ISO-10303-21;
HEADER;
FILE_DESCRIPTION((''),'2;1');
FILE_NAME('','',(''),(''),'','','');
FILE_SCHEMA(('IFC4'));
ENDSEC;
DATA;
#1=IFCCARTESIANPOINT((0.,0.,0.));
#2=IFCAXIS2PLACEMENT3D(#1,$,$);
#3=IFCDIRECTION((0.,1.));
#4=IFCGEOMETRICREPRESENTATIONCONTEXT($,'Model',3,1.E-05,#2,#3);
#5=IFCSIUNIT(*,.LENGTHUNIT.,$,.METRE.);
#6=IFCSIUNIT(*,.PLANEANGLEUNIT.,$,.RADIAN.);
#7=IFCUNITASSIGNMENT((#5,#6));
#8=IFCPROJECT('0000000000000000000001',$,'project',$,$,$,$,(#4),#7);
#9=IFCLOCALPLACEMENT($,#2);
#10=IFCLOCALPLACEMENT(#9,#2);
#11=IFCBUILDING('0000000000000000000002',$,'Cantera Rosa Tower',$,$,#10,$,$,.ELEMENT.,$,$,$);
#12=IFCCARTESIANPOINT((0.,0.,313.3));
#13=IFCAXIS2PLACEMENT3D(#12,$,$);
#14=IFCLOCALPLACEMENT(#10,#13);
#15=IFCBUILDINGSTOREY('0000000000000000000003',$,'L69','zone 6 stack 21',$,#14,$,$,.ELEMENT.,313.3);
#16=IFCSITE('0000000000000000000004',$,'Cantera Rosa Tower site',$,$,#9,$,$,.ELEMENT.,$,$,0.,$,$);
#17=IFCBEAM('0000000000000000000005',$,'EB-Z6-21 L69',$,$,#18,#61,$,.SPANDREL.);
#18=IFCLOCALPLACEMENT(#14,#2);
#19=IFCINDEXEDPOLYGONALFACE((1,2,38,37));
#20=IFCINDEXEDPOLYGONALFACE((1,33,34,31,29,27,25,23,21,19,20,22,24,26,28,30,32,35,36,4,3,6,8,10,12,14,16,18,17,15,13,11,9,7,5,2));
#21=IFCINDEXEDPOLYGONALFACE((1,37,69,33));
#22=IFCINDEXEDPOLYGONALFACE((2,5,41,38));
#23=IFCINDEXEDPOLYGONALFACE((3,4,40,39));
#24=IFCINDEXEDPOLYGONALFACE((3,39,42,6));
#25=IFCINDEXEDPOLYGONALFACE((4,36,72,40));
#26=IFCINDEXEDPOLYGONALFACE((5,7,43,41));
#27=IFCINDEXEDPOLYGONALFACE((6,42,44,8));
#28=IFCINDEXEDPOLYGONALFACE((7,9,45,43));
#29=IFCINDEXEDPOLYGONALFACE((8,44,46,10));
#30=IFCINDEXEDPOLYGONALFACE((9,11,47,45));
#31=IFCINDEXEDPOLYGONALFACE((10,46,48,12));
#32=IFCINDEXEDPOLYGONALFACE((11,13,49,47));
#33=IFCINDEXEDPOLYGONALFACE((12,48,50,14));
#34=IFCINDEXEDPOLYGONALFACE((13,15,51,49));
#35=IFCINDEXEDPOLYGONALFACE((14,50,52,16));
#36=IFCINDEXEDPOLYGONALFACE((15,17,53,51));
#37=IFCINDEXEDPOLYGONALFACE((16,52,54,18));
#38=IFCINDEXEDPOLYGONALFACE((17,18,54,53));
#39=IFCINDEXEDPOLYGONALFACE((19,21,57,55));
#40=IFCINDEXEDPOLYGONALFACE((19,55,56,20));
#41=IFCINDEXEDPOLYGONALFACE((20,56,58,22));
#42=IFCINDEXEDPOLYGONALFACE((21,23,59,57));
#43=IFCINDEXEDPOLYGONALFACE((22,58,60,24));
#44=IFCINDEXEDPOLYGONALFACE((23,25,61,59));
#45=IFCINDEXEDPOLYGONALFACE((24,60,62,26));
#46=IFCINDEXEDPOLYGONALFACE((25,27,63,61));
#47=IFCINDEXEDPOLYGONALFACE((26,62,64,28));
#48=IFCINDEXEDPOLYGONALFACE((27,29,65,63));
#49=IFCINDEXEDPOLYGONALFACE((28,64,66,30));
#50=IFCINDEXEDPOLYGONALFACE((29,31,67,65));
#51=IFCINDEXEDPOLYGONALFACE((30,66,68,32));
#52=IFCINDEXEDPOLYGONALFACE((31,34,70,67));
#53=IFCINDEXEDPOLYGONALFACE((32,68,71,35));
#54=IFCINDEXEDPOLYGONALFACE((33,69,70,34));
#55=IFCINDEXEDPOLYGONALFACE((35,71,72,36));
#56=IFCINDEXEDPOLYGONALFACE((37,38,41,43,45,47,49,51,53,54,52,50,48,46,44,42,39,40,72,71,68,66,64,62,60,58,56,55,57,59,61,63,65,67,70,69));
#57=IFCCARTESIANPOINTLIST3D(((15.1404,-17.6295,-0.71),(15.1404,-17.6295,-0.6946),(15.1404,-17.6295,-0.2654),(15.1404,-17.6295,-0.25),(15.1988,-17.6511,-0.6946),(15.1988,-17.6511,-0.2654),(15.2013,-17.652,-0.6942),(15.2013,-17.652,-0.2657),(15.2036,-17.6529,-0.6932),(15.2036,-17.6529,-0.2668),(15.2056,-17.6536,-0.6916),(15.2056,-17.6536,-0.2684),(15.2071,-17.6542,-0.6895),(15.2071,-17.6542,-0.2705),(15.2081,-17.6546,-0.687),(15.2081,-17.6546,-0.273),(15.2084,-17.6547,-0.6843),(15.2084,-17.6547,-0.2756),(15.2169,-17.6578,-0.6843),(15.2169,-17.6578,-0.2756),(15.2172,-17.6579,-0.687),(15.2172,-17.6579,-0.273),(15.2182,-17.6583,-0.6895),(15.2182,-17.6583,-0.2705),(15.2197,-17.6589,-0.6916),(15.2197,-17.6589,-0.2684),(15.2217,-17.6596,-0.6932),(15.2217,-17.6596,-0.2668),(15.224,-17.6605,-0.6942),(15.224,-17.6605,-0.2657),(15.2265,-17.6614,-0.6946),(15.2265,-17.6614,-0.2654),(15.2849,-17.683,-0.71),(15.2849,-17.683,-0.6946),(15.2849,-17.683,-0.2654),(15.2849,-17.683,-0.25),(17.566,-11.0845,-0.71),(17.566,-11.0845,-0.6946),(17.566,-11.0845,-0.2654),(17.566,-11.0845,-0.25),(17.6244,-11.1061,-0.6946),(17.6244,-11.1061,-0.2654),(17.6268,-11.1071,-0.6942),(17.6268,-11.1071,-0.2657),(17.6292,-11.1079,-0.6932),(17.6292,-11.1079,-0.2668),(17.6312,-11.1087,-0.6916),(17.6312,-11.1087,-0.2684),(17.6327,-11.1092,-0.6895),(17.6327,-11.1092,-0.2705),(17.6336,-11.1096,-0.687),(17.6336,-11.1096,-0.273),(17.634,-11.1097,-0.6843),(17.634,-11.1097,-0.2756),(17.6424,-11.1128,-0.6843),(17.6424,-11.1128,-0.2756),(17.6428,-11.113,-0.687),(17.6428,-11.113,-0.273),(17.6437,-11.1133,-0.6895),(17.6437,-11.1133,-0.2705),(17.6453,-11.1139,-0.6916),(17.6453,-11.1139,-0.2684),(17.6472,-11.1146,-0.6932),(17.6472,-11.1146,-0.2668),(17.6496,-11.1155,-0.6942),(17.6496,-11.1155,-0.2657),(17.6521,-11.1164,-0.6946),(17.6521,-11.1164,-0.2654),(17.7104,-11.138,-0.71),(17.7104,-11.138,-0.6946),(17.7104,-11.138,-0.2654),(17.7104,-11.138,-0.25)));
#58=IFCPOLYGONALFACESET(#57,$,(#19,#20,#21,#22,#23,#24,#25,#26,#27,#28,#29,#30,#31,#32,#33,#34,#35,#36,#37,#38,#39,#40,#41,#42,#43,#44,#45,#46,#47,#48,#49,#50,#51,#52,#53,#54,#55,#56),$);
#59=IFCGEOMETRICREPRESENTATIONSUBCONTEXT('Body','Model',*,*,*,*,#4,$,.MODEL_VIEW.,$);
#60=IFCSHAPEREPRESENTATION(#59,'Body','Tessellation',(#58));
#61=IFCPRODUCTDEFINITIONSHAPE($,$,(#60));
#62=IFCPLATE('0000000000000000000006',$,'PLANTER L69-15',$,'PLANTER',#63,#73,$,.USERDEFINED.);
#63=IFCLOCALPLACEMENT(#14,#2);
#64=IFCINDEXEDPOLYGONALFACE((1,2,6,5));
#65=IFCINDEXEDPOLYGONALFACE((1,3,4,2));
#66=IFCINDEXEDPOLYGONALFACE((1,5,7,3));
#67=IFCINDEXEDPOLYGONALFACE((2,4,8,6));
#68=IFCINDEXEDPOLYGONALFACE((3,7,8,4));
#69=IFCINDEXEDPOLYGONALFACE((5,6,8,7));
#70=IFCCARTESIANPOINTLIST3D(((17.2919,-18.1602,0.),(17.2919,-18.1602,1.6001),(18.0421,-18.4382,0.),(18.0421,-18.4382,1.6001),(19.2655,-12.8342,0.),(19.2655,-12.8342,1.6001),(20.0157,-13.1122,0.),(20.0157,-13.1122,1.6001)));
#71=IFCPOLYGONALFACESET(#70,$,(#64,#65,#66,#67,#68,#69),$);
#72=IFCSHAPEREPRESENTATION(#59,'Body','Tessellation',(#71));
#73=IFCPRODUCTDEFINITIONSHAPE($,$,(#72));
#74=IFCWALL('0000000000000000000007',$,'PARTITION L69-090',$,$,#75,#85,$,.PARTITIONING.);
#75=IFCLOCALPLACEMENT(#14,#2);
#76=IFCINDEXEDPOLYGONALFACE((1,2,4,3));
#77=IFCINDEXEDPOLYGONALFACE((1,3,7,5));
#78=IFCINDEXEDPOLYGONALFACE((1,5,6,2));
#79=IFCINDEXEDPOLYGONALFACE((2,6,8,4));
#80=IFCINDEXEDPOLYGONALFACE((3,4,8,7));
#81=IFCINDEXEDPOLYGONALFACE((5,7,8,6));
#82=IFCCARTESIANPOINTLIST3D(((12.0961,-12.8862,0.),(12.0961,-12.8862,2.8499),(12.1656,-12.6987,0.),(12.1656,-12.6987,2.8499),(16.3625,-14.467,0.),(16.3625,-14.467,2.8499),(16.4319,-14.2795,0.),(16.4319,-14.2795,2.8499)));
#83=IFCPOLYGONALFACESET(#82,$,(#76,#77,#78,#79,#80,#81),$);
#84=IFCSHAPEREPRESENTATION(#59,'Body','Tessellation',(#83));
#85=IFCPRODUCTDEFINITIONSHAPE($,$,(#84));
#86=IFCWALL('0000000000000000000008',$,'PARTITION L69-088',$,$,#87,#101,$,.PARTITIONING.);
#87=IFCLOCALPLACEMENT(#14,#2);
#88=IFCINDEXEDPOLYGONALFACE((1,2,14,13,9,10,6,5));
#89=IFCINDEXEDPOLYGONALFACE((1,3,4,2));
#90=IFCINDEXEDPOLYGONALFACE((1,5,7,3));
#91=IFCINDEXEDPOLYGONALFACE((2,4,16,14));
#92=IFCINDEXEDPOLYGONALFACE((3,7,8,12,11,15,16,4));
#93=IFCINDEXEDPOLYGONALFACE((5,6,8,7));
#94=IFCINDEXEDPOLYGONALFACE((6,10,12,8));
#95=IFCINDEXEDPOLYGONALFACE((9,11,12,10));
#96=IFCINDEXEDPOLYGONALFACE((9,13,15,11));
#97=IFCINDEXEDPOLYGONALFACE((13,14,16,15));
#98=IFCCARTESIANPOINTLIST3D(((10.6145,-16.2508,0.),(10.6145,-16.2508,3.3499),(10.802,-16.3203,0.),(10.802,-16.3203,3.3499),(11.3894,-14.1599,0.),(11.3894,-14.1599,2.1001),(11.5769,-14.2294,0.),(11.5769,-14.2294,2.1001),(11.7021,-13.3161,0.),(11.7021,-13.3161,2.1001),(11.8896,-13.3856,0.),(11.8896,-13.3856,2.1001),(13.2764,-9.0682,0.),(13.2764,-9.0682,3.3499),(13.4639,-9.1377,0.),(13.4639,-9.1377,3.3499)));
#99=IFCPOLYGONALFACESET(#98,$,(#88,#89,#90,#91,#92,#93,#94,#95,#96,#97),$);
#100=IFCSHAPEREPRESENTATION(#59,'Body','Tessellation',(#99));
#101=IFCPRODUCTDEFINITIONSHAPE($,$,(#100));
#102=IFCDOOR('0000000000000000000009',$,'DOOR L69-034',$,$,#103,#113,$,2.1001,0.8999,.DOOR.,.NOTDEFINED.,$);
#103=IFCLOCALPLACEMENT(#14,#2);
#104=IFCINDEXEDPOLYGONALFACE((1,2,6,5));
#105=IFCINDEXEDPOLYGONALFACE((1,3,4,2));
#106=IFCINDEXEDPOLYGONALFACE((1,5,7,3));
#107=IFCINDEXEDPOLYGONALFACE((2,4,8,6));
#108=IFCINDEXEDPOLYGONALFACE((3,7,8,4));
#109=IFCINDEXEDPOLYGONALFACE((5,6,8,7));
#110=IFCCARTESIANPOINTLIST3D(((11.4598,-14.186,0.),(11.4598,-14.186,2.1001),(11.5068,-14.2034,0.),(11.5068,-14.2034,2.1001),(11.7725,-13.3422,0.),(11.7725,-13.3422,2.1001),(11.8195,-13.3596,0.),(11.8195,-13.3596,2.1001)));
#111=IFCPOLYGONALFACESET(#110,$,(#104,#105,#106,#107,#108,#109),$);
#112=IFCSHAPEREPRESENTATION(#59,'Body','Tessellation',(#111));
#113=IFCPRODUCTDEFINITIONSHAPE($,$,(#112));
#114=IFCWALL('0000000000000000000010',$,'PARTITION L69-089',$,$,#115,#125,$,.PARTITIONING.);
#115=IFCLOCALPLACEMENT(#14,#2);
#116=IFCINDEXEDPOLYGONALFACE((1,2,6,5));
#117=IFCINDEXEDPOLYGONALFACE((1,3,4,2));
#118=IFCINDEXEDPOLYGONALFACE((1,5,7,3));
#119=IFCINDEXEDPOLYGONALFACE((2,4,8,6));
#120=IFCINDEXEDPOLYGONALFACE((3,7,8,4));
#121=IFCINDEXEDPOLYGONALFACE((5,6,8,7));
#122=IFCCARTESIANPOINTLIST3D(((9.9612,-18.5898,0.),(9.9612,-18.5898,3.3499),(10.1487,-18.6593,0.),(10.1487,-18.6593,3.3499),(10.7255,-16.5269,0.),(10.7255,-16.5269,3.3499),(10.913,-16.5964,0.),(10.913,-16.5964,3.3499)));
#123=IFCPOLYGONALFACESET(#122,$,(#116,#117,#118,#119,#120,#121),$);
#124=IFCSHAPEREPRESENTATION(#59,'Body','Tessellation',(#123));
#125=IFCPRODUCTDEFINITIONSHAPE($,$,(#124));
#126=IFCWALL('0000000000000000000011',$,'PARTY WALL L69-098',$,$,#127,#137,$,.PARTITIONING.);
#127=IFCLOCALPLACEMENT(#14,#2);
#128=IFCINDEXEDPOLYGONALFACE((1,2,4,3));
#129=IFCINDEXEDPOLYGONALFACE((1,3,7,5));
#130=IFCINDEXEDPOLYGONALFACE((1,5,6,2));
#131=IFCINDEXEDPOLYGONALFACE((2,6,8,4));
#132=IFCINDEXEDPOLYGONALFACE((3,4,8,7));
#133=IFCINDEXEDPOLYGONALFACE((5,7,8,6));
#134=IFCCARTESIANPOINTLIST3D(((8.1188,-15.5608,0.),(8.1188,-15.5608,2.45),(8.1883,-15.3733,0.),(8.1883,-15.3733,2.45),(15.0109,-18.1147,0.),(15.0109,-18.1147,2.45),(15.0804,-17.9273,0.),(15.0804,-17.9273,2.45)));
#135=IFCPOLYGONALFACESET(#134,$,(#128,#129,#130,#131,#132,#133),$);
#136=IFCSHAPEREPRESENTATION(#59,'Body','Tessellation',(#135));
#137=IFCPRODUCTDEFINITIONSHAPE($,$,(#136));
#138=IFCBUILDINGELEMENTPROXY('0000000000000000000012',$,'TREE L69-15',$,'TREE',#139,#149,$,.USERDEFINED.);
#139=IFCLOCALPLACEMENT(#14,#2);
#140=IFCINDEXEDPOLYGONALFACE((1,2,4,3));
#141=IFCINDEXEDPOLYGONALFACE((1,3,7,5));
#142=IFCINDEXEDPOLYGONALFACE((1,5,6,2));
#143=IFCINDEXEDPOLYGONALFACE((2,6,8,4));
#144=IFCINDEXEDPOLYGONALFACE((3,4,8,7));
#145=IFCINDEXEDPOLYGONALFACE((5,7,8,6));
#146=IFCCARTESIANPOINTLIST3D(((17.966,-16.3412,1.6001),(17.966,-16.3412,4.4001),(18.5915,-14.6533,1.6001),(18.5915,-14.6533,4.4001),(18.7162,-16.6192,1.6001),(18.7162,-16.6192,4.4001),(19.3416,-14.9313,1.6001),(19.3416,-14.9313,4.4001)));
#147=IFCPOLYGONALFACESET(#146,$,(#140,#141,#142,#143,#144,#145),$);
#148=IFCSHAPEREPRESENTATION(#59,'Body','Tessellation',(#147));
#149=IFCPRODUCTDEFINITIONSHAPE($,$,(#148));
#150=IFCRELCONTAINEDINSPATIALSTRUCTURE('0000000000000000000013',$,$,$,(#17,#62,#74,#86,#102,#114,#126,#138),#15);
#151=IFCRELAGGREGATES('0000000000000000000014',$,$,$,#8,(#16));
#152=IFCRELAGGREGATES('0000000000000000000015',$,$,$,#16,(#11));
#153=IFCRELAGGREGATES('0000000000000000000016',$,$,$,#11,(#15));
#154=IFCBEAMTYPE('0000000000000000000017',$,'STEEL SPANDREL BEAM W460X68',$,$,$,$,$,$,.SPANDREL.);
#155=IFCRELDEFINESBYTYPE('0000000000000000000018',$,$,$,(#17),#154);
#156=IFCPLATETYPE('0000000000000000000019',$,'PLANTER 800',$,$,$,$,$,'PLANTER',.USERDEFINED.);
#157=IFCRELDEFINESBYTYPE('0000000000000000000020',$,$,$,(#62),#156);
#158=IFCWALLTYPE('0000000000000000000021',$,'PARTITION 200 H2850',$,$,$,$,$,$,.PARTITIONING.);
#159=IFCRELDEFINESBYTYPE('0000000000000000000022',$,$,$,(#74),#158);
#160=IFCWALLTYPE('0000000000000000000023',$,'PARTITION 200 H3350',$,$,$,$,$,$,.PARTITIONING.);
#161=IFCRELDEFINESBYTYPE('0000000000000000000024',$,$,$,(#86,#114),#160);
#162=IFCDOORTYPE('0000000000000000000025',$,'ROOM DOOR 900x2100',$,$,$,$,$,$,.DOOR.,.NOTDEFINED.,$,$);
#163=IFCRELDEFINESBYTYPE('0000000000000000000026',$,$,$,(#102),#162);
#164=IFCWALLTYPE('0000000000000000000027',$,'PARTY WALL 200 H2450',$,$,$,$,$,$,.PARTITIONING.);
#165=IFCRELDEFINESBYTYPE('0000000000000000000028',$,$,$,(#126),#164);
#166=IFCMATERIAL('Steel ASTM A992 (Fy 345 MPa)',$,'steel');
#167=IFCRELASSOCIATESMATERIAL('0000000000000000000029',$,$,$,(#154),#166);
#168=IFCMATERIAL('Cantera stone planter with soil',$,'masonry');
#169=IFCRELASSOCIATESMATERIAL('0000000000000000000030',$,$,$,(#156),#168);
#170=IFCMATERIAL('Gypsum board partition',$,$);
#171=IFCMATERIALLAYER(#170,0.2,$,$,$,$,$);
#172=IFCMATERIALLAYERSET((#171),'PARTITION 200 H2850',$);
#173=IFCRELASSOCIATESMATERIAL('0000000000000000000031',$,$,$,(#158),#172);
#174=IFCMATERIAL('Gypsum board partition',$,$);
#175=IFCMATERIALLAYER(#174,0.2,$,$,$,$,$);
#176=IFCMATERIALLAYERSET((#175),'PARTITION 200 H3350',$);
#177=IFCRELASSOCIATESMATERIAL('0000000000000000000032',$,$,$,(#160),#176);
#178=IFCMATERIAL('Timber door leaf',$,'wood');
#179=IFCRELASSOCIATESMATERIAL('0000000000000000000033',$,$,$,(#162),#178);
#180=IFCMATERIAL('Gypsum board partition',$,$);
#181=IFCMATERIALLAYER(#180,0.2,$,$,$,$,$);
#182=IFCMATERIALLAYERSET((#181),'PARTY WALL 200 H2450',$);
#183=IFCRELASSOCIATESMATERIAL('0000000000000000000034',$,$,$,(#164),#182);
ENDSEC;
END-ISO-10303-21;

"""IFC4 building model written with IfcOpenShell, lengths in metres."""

from ifc_helpers import new_model, si_unit, direction, frame, frame_2d, origin, origin_2d, place, context, subcontext, project, spatial, rectangle, i_section, extrude, material, layer, layer_set, material_profile, profile_set, type_object, element, fill, save


model = new_model("IFC4")

# Units and contexts
model_context = context("Model", 3, precision=1e-05, world=origin(), true_north=direction((0.0, 1.0)))
body_context = subcontext(model_context, "Body", "Model", "MODEL_VIEW")
ifc_project = project(units=[si_unit("LENGTHUNIT", "METRE"), si_unit("PLANEANGLEUNIT", "RADIAN")], contexts=[model_context])

# Site, building, storey
site_placement = place(None, origin())
site = spatial("IfcSite", under=ifc_project, at=site_placement, Name="Cantera Rosa Tower site", CompositionType="ELEMENT", RefElevation=0.0)
building_placement = place(site_placement, origin())
building = spatial("IfcBuilding", under=site, at=building_placement, Name="Cantera Rosa Tower", CompositionType="ELEMENT")
storey_placement = place(building_placement, frame((0.0, 0.0, 313.3)))
storey = spatial("IfcBuildingStorey", under=building, at=storey_placement, Name="L69", Description="zone 6 stack 21", CompositionType="ELEMENT", Elevation=313.3)

# Beam
ifc_material_1 = material(Name="Steel ASTM A992 (Fy 345 MPa)", Category="steel")
ifc_material_profile_1 = material_profile(ifc_material_1, i_section(OverallWidth=0.1541, OverallDepth=0.46, WebThickness=0.009, FlangeThickness=0.0154, FilletRadius=0.0103, at=origin_2d()), Name="W460X68")
ifc_profile_set_1 = profile_set([ifc_material_profile_1], Name="Steel ASTM A992 (Fy 345 MPa)")
beam_type_1 = type_object("IfcBeamType", Name="STEEL SPANDREL BEAM W460X68", PredefinedType="SPANDREL", material=ifc_profile_set_1)
beam_1_placement = place(storey_placement, frame((15.2126, -17.6562, -0.48), z_axis=(0.347502, 0.937679, 0.0), x_axis=(-0.937679, 0.347502, 0.0)))
element("IfcBeam", 1, at=beam_1_placement, inside=storey, type_object=beam_type_1, Name="EB-Z6-21 L69", PredefinedType="SPANDREL", context=body_context, shape_type="SweptSolid", body=[
    extrude(i_section(OverallWidth=0.1541, OverallDepth=0.46, WebThickness=0.009, FlangeThickness=0.0154, FilletRadius=0.0103, at=origin_2d()), origin(), (0.0, 0.0, 1.0), 6.98),
])

# Plate
ifc_material_2 = material(Name="Cantera stone planter with soil", Category="masonry")
plate_type = type_object("IfcPlateType", Name="PLANTER 800", ElementType="PLANTER", PredefinedType="USERDEFINED", material=ifc_material_2)
plate_placement = place(storey_placement, frame((18.6538, -15.6362, 0.0), z_axis=(0.0, 0.0, 1.0), x_axis=(0.347481, 0.937687, 0.0)))
element("IfcPlate", 2, at=plate_placement, inside=storey, type_object=plate_type, Name="PLANTER L69-15", ObjectType="PLANTER", PredefinedType="USERDEFINED", context=body_context, shape_type="SweptSolid", body=[
    extrude(rectangle(XDim=5.6799, YDim=0.8, at=origin_2d()), origin(), (0.0, 0.0, 1.0), 1.6001),
])

# Wall
ifc_material_3 = material(Name="Gypsum board partition")
ifc_layer_1 = layer(ifc_material_3, 0.2)
ifc_layer_set_1 = layer_set([ifc_layer_1], Name="PARTITION 200 H2850")
wall_type_1 = type_object("IfcWallType", Name="PARTITION 200 H2850", PredefinedType="PARTITIONING", material=ifc_layer_set_1)
wall_1_placement = place(storey_placement, frame((12.1309, -12.7925, 0.0), z_axis=(0.0, 0.0, 1.0), x_axis=(0.9377, -0.347445, 0.0)))
element("IfcWall", 3, at=wall_1_placement, inside=storey, type_object=wall_type_1, Name="PARTITION L69-090", PredefinedType="PARTITIONING", context=body_context, shape_type="SweptSolid", body=[
    extrude(rectangle(XDim=4.5498, YDim=0.2, at=frame_2d((2.2749, 0.0))), origin(), (0.0, 0.0, 1.0), 2.8499),
])

# Wall, opening, door
ifc_material_4 = material(Name="Gypsum board partition")
ifc_layer_2 = layer(ifc_material_4, 0.2)
ifc_layer_set_2 = layer_set([ifc_layer_2], Name="PARTITION 200 H3350")
wall_type_2 = type_object("IfcWallType", Name="PARTITION 200 H3350", PredefinedType="PARTITIONING", material=ifc_layer_set_2)
wall_2_placement = place(storey_placement, frame((10.7083, -16.2856, 0.0), z_axis=(0.0, 0.0, 1.0), x_axis=(0.347502, 0.937679, 0.0)))
wall_2 = element("IfcWall", 4, at=wall_2_placement, inside=storey, type_object=wall_type_2, Name="PARTITION L69-088", PredefinedType="PARTITIONING", context=body_context, shape_type="SweptSolid", body=[
    extrude(rectangle(XDim=7.6599, YDim=0.2, at=frame_2d((3.8301, 0.0))), origin(), (0.0, 0.0, 1.0), 3.3499),
])
opening_1_placement = place(wall_2_placement, frame((2.23, 0.0, 0.0)))
opening_1 = element("IfcOpeningElement", 5, at=opening_1_placement, cuts=wall_2, PredefinedType="OPENING", context=body_context, shape_type="SweptSolid", body=[
    extrude(rectangle(XDim=0.8999, YDim=2.1001, at=frame_2d((0.45, 1.05))), frame((0.0, 0.1099, 0.0), z_axis=(0.0, -1.0, 0.0), x_axis=(1.0, 0.0, 0.0)), (0.0, 0.0, 1.0), 0.22),
])
ifc_material_5 = material(Name="Timber door leaf", Category="wood")
door_type_1 = type_object("IfcDoorType", Name="ROOM DOOR 900x2100", OperationType="NOTDEFINED", PredefinedType="DOOR", material=ifc_material_5)
door_1_placement = place(opening_1_placement, origin())
door_1 = element("IfcDoor", 6, at=door_1_placement, inside=storey, type_object=door_type_1, Name="DOOR L69-034", OperationType="NOTDEFINED", OverallHeight=2.1001, OverallWidth=0.8999, PredefinedType="DOOR", context=body_context, shape_type="SweptSolid", body=[
    extrude(rectangle(XDim=0.8999, YDim=2.1001, at=frame_2d((0.45, 1.05))), frame((0.0, 0.0249, 0.0), z_axis=(0.0, -1.0, 0.0), x_axis=(1.0, 0.0, 0.0)), (0.0, 0.0, 1.0), 0.05),
])
fill(opening_1, door_1)

# Walls
wall_3_placement = place(storey_placement, frame((10.8193, -16.5615, 0.0), z_axis=(0.0, 0.0, 1.0), x_axis=(-0.347448, -0.937699, 0.0)))
element("IfcWall", 7, at=wall_3_placement, inside=storey, type_object=wall_type_2, Name="PARTITION L69-089", PredefinedType="PARTITIONING", context=body_context, shape_type="SweptSolid", body=[
    extrude(rectangle(XDim=2.2, YDim=0.2, at=frame_2d((1.1001, 0.0))), origin(), (0.0, 0.0, 1.0), 3.3499),
])
ifc_material_6 = material(Name="Gypsum board partition")
ifc_layer_3 = layer(ifc_material_6, 0.2)
ifc_layer_set_3 = layer_set([ifc_layer_3], Name="PARTY WALL 200 H2450")
wall_type_3 = type_object("IfcWallType", Name="PARTY WALL 200 H2450", PredefinedType="PARTITIONING", material=ifc_layer_set_3)
wall_4_placement = place(storey_placement, frame((15.0457, -18.021, 0.0), z_axis=(0.0, 0.0, 1.0), x_axis=(-0.93769, 0.347473, 0.0)))
element("IfcWall", 8, at=wall_4_placement, inside=storey, type_object=wall_type_3, Name="PARTY WALL L69-098", PredefinedType="PARTITIONING", context=body_context, shape_type="SweptSolid", body=[
    extrude(rectangle(XDim=7.3501, YDim=0.2, at=frame_2d((3.675, 0.0))), origin(), (0.0, 0.0, 1.0), 2.45),
])

# Building element proxy
proxy_placement = place(storey_placement, frame((18.6538, -15.6362, 1.6001), z_axis=(0.0, 0.0, 1.0), x_axis=(0.347481, 0.937687, 0.0)))
element("IfcBuildingElementProxy", 9, at=proxy_placement, inside=storey, Name="TREE L69-15", ObjectType="TREE", PredefinedType="USERDEFINED", context=body_context, shape_type="SweptSolid", body=[
    extrude(rectangle(XDim=1.8, YDim=0.8, at=origin_2d()), origin(), (0.0, 0.0, 1.0), 2.8),
])

save(model, "model.ifc")
